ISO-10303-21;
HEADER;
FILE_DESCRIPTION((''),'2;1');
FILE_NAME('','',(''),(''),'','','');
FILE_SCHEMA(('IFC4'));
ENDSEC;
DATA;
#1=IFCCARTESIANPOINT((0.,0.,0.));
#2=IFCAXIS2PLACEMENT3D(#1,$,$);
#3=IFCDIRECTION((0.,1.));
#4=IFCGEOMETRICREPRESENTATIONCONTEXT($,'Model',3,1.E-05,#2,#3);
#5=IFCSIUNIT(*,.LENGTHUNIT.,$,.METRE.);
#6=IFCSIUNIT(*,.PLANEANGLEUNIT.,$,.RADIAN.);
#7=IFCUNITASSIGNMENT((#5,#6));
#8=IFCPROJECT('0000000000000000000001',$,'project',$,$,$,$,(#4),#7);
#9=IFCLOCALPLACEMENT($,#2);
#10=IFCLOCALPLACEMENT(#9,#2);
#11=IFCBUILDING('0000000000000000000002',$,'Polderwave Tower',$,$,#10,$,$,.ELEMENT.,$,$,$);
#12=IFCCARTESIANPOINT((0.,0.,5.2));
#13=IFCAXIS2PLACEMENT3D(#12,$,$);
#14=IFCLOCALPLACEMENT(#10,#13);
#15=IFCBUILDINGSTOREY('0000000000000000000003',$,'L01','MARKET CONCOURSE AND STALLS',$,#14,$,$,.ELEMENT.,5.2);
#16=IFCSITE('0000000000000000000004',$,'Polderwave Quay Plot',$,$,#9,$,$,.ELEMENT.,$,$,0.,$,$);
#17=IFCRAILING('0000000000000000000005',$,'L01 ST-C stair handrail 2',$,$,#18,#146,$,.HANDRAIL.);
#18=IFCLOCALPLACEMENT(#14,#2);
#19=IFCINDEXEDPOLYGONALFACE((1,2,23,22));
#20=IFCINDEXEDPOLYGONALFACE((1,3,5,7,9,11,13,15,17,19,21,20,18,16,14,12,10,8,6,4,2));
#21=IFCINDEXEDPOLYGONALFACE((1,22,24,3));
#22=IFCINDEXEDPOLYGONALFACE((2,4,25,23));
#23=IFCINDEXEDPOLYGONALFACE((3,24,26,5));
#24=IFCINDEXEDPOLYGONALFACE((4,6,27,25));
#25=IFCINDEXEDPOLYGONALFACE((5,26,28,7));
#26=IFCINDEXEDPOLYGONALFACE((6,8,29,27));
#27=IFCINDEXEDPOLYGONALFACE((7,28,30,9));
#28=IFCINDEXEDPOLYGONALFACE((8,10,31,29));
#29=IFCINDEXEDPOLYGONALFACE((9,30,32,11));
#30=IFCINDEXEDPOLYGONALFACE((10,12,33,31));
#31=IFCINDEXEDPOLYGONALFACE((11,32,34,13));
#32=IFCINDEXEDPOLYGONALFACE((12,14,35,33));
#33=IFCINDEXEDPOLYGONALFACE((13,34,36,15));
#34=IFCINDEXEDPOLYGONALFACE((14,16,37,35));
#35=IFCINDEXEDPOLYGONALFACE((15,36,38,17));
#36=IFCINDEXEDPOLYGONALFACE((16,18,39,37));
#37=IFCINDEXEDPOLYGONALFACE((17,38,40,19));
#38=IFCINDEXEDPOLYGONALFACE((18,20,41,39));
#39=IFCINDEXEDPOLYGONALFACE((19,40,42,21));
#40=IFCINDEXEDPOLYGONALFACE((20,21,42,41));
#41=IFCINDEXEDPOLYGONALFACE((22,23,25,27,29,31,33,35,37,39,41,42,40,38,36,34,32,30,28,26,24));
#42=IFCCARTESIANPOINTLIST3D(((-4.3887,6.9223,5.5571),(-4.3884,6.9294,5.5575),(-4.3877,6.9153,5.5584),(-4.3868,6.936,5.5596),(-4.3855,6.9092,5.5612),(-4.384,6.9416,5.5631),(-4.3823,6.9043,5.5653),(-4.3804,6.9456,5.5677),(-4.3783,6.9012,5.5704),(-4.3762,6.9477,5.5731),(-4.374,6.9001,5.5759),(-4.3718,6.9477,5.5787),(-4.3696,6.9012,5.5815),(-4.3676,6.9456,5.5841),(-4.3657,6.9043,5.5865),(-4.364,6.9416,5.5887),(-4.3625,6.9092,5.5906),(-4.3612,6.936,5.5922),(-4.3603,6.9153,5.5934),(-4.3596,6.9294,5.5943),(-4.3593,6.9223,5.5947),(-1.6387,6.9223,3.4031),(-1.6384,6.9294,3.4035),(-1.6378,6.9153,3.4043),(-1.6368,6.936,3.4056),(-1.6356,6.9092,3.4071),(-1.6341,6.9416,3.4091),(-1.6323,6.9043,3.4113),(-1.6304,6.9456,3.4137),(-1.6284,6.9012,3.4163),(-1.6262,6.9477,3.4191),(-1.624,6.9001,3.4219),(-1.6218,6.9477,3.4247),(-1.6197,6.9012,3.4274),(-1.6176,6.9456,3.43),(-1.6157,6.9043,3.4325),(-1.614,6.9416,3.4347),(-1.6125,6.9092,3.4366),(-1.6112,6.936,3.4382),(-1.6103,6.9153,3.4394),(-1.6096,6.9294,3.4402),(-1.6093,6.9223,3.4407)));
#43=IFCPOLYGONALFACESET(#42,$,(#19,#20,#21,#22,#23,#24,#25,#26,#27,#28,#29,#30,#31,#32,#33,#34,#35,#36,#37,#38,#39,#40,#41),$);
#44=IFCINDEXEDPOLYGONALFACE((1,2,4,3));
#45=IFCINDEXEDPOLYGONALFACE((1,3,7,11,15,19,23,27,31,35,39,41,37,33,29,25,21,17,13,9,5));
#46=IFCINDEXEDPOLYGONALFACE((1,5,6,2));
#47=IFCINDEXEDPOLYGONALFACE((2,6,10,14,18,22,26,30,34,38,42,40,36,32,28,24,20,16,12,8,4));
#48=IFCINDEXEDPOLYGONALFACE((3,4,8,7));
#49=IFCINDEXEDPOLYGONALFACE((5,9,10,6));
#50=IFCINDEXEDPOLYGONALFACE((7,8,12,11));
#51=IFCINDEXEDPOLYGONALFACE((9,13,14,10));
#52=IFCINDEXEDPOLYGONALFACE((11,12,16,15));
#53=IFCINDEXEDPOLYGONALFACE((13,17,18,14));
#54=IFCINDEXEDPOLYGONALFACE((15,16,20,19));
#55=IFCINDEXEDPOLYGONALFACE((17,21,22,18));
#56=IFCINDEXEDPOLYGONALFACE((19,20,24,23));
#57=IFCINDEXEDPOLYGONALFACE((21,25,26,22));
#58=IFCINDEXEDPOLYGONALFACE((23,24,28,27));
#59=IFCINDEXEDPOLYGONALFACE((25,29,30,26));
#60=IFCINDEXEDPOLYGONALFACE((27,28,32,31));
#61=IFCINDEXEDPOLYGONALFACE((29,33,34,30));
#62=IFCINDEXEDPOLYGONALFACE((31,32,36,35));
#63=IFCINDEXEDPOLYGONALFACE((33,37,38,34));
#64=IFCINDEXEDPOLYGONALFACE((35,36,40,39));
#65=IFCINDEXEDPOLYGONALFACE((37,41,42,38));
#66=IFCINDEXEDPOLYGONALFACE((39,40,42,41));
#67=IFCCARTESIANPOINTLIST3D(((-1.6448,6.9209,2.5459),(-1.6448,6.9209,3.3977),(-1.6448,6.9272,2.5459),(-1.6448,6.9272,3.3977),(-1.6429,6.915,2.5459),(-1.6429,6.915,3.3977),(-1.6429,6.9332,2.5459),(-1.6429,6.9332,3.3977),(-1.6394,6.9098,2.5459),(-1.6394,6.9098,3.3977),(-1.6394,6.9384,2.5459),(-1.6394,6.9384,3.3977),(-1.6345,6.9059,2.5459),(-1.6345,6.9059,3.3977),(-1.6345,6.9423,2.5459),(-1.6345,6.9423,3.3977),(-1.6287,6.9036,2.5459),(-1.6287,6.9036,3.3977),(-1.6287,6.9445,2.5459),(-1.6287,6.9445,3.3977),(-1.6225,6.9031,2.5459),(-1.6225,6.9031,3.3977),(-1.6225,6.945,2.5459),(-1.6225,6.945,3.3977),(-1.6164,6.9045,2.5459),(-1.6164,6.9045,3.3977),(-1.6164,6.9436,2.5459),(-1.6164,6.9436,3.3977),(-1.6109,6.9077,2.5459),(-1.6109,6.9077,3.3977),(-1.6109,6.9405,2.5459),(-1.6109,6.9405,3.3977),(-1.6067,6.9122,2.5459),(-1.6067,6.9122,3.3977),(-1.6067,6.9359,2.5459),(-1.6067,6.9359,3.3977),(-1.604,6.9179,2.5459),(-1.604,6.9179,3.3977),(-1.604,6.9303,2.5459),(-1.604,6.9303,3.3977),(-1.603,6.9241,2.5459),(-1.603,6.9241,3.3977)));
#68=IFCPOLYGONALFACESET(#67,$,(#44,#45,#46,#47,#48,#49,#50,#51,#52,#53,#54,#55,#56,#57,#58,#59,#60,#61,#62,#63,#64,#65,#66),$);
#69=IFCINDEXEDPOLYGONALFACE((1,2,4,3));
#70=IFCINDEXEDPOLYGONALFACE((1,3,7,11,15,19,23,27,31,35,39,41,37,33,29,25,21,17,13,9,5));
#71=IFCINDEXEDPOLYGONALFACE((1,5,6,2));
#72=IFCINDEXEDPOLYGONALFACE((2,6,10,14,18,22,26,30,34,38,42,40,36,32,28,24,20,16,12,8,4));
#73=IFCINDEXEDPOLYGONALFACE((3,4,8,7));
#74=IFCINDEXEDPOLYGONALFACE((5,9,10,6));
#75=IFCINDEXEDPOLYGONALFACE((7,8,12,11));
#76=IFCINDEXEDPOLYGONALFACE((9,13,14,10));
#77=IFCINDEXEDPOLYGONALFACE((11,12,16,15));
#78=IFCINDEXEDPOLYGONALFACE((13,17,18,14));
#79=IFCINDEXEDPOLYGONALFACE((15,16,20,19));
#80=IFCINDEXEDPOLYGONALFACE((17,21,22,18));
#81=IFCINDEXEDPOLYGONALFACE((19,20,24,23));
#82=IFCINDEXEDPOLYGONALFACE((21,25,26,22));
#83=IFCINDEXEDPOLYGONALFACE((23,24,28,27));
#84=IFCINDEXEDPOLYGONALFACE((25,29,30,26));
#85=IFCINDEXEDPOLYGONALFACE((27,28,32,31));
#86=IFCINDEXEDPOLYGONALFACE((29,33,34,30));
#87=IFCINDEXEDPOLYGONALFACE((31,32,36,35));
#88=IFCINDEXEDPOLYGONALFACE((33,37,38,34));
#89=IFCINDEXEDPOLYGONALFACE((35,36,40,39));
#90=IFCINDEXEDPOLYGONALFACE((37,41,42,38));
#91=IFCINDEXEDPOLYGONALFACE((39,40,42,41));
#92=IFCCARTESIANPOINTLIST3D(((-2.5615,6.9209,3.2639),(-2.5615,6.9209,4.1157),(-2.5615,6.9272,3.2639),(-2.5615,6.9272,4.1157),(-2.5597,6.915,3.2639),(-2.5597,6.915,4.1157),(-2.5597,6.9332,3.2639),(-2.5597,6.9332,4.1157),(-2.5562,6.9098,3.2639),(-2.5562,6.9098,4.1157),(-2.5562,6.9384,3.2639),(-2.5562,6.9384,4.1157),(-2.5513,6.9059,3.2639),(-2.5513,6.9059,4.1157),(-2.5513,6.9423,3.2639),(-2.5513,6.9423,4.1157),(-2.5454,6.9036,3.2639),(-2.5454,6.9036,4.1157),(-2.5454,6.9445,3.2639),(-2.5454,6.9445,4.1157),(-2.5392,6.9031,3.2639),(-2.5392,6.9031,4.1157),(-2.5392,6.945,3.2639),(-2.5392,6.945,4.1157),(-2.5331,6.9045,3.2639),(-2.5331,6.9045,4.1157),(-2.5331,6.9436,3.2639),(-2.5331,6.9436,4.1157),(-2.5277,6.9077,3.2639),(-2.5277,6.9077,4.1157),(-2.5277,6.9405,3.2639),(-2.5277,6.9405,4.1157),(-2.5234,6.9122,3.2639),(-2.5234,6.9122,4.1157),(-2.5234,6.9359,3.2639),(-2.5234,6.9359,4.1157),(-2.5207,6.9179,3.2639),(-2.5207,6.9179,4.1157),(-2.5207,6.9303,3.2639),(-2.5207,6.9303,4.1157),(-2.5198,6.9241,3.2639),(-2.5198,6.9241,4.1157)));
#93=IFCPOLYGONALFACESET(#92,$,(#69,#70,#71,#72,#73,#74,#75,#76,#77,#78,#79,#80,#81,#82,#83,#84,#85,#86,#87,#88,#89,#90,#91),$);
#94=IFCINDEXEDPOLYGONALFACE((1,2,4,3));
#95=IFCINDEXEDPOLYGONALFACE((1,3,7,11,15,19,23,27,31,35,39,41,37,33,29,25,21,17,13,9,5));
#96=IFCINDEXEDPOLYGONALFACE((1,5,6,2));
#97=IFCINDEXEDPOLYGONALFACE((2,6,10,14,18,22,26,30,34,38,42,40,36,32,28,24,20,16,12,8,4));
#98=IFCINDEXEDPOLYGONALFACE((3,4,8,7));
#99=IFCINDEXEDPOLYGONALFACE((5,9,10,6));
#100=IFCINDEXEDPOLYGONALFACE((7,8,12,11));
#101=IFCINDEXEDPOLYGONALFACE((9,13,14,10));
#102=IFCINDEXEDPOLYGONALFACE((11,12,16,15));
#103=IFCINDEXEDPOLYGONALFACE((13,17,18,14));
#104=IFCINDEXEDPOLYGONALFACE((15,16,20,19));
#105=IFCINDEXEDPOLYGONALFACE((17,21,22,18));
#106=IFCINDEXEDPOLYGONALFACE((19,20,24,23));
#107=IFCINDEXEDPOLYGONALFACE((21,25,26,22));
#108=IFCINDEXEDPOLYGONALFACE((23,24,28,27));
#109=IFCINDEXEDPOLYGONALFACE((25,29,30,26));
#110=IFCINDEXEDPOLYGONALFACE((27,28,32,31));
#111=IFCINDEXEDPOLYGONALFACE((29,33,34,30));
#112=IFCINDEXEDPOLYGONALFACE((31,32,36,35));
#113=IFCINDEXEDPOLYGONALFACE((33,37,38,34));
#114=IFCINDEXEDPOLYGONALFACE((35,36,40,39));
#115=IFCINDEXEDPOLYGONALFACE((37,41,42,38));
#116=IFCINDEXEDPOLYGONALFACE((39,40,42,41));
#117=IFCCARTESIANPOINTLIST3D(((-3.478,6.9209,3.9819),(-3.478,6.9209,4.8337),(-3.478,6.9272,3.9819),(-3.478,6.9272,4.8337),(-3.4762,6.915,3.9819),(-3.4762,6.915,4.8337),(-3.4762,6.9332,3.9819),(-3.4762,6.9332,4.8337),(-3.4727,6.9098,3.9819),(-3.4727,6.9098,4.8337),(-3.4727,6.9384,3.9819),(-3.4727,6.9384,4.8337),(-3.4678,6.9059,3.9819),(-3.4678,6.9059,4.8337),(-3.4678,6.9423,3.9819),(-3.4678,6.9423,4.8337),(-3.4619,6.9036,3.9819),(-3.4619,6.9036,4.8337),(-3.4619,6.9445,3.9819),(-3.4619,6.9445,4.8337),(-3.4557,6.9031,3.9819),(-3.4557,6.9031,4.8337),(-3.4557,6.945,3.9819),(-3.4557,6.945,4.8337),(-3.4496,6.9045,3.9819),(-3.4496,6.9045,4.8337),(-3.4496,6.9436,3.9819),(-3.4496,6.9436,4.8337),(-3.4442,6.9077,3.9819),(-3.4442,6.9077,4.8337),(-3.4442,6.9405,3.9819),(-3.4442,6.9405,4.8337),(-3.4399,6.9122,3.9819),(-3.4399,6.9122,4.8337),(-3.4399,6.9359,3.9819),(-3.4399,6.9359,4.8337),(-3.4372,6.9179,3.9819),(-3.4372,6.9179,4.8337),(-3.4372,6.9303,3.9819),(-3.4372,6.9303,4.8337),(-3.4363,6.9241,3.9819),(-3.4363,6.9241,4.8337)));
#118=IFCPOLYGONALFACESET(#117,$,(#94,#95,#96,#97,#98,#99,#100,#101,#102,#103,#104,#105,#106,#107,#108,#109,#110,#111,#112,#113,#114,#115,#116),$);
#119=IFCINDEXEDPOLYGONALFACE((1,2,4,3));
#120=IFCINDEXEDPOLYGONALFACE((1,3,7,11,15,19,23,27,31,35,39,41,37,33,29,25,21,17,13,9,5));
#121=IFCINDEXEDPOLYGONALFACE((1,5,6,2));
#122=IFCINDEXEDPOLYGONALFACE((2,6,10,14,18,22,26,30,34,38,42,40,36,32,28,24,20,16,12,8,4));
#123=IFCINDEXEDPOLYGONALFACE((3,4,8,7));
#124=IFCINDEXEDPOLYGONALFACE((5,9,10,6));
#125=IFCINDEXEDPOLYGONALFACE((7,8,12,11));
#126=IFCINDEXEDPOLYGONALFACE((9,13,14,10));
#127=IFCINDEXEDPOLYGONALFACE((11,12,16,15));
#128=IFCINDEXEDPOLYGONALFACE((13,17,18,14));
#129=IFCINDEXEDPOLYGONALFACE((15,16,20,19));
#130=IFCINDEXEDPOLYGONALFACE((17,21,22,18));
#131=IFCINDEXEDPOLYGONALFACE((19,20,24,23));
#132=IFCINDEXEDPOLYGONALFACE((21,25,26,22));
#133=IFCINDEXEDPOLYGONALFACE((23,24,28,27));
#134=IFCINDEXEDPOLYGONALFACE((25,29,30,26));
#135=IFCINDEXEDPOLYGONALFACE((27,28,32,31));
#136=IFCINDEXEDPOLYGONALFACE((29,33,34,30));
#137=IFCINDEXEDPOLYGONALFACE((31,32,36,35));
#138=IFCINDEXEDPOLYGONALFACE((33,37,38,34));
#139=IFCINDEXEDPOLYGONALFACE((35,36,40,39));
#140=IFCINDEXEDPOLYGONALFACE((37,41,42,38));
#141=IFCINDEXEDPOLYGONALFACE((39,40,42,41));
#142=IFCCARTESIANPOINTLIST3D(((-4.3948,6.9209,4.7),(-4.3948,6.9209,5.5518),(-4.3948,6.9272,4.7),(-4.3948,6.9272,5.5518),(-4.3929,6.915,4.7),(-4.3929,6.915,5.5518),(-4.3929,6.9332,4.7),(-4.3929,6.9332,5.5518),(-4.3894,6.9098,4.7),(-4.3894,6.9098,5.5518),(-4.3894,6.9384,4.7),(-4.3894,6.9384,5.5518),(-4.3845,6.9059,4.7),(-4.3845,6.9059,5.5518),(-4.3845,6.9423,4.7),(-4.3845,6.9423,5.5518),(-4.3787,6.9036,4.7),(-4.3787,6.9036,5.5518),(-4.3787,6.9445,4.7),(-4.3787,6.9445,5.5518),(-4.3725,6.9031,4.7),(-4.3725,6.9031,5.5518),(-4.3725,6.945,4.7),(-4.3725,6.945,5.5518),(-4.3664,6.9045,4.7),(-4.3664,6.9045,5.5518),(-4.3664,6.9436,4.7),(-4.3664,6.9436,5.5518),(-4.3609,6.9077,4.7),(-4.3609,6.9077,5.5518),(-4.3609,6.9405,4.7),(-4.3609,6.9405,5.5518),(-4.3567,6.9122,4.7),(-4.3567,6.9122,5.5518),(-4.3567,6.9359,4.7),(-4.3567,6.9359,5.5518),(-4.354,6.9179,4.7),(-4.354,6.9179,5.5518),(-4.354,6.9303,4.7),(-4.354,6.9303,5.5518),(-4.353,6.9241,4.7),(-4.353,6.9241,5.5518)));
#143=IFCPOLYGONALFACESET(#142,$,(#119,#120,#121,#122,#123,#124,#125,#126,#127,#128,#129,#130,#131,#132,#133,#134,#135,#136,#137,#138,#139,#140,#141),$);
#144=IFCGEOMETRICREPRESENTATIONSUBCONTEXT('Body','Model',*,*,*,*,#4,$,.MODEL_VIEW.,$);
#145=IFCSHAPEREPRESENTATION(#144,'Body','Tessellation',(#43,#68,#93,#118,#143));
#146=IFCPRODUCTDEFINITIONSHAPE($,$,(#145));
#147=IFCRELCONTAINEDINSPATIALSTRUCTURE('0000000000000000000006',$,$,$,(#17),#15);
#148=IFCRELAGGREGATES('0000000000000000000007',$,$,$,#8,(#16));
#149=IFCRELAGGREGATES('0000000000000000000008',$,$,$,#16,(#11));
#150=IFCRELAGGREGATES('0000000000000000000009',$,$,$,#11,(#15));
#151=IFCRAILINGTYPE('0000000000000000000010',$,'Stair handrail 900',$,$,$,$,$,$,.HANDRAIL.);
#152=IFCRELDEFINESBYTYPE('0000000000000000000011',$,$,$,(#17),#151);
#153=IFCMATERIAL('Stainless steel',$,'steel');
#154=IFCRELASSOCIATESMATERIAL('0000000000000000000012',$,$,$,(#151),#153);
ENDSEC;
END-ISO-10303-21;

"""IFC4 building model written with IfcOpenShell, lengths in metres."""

from ifc_helpers import new_model, si_unit, direction, frame, origin, origin_2d, place, context, subcontext, project, spatial, circle, extrude, material, type_object, element, save


model = new_model("IFC4")

# Units and contexts
model_context = context("Model", 3, precision=1e-05, world=origin(), true_north=direction((0.0, 1.0)))
body_context = subcontext(model_context, "Body", "Model", "MODEL_VIEW")
ifc_project = project(units=[si_unit("LENGTHUNIT", "METRE"), si_unit("PLANEANGLEUNIT", "RADIAN")], contexts=[model_context])

# Site, building, storey
site_placement = place(None, origin())
site = spatial("IfcSite", under=ifc_project, at=site_placement, Name="Polderwave Quay Plot", CompositionType="ELEMENT", RefElevation=0.0)
building_placement = place(site_placement, origin())
building = spatial("IfcBuilding", under=site, at=building_placement, Name="Polderwave Tower", CompositionType="ELEMENT")
storey_placement = place(building_placement, frame((0.0, 0.0, 5.2)))
storey = spatial("IfcBuildingStorey", under=building, at=storey_placement, Name="L01", Description="MARKET CONCOURSE AND STALLS", CompositionType="ELEMENT", Elevation=5.2)

# Railing
ifc_material_1 = material(Name="Stainless steel", Category="steel")
railing_type_1 = type_object("IfcRailingType", Name="Stair handrail 900", PredefinedType="HANDRAIL", material=ifc_material_1)
railing_1_placement = place(storey_placement, frame((-1.624, 6.9241, 2.5459)))
element("IfcRailing", 1, at=railing_1_placement, inside=storey, type_object=railing_type_1, Name="L01 ST-C stair handrail 2", PredefinedType="HANDRAIL", context=body_context, shape_type="SweptSolid", body=[
    extrude(circle(Radius=0.0239, at=origin_2d()), frame((0.0, 0.0, 0.876), z_axis=(-0.787244, 0.0, 0.616642), x_axis=(0.0, -1.0, 0.0)), (0.0, 0.0, 1.0), 3.4932),
    extrude(circle(Radius=0.021, at=origin_2d()), origin(), (0.0, 0.0, 1.0), 0.8518),
    extrude(circle(Radius=0.021, at=origin_2d()), frame((-0.9167, 0.0, 0.718)), (0.0, 0.0, 1.0), 0.8518),
    extrude(circle(Radius=0.021, at=origin_2d()), frame((-1.8333, 0.0, 1.436)), (0.0, 0.0, 1.0), 0.8518),
    extrude(circle(Radius=0.021, at=origin_2d()), frame((-2.75, 0.0, 2.1541)), (0.0, 0.0, 1.0), 0.8518),
])

save(model, "model.ifc")
